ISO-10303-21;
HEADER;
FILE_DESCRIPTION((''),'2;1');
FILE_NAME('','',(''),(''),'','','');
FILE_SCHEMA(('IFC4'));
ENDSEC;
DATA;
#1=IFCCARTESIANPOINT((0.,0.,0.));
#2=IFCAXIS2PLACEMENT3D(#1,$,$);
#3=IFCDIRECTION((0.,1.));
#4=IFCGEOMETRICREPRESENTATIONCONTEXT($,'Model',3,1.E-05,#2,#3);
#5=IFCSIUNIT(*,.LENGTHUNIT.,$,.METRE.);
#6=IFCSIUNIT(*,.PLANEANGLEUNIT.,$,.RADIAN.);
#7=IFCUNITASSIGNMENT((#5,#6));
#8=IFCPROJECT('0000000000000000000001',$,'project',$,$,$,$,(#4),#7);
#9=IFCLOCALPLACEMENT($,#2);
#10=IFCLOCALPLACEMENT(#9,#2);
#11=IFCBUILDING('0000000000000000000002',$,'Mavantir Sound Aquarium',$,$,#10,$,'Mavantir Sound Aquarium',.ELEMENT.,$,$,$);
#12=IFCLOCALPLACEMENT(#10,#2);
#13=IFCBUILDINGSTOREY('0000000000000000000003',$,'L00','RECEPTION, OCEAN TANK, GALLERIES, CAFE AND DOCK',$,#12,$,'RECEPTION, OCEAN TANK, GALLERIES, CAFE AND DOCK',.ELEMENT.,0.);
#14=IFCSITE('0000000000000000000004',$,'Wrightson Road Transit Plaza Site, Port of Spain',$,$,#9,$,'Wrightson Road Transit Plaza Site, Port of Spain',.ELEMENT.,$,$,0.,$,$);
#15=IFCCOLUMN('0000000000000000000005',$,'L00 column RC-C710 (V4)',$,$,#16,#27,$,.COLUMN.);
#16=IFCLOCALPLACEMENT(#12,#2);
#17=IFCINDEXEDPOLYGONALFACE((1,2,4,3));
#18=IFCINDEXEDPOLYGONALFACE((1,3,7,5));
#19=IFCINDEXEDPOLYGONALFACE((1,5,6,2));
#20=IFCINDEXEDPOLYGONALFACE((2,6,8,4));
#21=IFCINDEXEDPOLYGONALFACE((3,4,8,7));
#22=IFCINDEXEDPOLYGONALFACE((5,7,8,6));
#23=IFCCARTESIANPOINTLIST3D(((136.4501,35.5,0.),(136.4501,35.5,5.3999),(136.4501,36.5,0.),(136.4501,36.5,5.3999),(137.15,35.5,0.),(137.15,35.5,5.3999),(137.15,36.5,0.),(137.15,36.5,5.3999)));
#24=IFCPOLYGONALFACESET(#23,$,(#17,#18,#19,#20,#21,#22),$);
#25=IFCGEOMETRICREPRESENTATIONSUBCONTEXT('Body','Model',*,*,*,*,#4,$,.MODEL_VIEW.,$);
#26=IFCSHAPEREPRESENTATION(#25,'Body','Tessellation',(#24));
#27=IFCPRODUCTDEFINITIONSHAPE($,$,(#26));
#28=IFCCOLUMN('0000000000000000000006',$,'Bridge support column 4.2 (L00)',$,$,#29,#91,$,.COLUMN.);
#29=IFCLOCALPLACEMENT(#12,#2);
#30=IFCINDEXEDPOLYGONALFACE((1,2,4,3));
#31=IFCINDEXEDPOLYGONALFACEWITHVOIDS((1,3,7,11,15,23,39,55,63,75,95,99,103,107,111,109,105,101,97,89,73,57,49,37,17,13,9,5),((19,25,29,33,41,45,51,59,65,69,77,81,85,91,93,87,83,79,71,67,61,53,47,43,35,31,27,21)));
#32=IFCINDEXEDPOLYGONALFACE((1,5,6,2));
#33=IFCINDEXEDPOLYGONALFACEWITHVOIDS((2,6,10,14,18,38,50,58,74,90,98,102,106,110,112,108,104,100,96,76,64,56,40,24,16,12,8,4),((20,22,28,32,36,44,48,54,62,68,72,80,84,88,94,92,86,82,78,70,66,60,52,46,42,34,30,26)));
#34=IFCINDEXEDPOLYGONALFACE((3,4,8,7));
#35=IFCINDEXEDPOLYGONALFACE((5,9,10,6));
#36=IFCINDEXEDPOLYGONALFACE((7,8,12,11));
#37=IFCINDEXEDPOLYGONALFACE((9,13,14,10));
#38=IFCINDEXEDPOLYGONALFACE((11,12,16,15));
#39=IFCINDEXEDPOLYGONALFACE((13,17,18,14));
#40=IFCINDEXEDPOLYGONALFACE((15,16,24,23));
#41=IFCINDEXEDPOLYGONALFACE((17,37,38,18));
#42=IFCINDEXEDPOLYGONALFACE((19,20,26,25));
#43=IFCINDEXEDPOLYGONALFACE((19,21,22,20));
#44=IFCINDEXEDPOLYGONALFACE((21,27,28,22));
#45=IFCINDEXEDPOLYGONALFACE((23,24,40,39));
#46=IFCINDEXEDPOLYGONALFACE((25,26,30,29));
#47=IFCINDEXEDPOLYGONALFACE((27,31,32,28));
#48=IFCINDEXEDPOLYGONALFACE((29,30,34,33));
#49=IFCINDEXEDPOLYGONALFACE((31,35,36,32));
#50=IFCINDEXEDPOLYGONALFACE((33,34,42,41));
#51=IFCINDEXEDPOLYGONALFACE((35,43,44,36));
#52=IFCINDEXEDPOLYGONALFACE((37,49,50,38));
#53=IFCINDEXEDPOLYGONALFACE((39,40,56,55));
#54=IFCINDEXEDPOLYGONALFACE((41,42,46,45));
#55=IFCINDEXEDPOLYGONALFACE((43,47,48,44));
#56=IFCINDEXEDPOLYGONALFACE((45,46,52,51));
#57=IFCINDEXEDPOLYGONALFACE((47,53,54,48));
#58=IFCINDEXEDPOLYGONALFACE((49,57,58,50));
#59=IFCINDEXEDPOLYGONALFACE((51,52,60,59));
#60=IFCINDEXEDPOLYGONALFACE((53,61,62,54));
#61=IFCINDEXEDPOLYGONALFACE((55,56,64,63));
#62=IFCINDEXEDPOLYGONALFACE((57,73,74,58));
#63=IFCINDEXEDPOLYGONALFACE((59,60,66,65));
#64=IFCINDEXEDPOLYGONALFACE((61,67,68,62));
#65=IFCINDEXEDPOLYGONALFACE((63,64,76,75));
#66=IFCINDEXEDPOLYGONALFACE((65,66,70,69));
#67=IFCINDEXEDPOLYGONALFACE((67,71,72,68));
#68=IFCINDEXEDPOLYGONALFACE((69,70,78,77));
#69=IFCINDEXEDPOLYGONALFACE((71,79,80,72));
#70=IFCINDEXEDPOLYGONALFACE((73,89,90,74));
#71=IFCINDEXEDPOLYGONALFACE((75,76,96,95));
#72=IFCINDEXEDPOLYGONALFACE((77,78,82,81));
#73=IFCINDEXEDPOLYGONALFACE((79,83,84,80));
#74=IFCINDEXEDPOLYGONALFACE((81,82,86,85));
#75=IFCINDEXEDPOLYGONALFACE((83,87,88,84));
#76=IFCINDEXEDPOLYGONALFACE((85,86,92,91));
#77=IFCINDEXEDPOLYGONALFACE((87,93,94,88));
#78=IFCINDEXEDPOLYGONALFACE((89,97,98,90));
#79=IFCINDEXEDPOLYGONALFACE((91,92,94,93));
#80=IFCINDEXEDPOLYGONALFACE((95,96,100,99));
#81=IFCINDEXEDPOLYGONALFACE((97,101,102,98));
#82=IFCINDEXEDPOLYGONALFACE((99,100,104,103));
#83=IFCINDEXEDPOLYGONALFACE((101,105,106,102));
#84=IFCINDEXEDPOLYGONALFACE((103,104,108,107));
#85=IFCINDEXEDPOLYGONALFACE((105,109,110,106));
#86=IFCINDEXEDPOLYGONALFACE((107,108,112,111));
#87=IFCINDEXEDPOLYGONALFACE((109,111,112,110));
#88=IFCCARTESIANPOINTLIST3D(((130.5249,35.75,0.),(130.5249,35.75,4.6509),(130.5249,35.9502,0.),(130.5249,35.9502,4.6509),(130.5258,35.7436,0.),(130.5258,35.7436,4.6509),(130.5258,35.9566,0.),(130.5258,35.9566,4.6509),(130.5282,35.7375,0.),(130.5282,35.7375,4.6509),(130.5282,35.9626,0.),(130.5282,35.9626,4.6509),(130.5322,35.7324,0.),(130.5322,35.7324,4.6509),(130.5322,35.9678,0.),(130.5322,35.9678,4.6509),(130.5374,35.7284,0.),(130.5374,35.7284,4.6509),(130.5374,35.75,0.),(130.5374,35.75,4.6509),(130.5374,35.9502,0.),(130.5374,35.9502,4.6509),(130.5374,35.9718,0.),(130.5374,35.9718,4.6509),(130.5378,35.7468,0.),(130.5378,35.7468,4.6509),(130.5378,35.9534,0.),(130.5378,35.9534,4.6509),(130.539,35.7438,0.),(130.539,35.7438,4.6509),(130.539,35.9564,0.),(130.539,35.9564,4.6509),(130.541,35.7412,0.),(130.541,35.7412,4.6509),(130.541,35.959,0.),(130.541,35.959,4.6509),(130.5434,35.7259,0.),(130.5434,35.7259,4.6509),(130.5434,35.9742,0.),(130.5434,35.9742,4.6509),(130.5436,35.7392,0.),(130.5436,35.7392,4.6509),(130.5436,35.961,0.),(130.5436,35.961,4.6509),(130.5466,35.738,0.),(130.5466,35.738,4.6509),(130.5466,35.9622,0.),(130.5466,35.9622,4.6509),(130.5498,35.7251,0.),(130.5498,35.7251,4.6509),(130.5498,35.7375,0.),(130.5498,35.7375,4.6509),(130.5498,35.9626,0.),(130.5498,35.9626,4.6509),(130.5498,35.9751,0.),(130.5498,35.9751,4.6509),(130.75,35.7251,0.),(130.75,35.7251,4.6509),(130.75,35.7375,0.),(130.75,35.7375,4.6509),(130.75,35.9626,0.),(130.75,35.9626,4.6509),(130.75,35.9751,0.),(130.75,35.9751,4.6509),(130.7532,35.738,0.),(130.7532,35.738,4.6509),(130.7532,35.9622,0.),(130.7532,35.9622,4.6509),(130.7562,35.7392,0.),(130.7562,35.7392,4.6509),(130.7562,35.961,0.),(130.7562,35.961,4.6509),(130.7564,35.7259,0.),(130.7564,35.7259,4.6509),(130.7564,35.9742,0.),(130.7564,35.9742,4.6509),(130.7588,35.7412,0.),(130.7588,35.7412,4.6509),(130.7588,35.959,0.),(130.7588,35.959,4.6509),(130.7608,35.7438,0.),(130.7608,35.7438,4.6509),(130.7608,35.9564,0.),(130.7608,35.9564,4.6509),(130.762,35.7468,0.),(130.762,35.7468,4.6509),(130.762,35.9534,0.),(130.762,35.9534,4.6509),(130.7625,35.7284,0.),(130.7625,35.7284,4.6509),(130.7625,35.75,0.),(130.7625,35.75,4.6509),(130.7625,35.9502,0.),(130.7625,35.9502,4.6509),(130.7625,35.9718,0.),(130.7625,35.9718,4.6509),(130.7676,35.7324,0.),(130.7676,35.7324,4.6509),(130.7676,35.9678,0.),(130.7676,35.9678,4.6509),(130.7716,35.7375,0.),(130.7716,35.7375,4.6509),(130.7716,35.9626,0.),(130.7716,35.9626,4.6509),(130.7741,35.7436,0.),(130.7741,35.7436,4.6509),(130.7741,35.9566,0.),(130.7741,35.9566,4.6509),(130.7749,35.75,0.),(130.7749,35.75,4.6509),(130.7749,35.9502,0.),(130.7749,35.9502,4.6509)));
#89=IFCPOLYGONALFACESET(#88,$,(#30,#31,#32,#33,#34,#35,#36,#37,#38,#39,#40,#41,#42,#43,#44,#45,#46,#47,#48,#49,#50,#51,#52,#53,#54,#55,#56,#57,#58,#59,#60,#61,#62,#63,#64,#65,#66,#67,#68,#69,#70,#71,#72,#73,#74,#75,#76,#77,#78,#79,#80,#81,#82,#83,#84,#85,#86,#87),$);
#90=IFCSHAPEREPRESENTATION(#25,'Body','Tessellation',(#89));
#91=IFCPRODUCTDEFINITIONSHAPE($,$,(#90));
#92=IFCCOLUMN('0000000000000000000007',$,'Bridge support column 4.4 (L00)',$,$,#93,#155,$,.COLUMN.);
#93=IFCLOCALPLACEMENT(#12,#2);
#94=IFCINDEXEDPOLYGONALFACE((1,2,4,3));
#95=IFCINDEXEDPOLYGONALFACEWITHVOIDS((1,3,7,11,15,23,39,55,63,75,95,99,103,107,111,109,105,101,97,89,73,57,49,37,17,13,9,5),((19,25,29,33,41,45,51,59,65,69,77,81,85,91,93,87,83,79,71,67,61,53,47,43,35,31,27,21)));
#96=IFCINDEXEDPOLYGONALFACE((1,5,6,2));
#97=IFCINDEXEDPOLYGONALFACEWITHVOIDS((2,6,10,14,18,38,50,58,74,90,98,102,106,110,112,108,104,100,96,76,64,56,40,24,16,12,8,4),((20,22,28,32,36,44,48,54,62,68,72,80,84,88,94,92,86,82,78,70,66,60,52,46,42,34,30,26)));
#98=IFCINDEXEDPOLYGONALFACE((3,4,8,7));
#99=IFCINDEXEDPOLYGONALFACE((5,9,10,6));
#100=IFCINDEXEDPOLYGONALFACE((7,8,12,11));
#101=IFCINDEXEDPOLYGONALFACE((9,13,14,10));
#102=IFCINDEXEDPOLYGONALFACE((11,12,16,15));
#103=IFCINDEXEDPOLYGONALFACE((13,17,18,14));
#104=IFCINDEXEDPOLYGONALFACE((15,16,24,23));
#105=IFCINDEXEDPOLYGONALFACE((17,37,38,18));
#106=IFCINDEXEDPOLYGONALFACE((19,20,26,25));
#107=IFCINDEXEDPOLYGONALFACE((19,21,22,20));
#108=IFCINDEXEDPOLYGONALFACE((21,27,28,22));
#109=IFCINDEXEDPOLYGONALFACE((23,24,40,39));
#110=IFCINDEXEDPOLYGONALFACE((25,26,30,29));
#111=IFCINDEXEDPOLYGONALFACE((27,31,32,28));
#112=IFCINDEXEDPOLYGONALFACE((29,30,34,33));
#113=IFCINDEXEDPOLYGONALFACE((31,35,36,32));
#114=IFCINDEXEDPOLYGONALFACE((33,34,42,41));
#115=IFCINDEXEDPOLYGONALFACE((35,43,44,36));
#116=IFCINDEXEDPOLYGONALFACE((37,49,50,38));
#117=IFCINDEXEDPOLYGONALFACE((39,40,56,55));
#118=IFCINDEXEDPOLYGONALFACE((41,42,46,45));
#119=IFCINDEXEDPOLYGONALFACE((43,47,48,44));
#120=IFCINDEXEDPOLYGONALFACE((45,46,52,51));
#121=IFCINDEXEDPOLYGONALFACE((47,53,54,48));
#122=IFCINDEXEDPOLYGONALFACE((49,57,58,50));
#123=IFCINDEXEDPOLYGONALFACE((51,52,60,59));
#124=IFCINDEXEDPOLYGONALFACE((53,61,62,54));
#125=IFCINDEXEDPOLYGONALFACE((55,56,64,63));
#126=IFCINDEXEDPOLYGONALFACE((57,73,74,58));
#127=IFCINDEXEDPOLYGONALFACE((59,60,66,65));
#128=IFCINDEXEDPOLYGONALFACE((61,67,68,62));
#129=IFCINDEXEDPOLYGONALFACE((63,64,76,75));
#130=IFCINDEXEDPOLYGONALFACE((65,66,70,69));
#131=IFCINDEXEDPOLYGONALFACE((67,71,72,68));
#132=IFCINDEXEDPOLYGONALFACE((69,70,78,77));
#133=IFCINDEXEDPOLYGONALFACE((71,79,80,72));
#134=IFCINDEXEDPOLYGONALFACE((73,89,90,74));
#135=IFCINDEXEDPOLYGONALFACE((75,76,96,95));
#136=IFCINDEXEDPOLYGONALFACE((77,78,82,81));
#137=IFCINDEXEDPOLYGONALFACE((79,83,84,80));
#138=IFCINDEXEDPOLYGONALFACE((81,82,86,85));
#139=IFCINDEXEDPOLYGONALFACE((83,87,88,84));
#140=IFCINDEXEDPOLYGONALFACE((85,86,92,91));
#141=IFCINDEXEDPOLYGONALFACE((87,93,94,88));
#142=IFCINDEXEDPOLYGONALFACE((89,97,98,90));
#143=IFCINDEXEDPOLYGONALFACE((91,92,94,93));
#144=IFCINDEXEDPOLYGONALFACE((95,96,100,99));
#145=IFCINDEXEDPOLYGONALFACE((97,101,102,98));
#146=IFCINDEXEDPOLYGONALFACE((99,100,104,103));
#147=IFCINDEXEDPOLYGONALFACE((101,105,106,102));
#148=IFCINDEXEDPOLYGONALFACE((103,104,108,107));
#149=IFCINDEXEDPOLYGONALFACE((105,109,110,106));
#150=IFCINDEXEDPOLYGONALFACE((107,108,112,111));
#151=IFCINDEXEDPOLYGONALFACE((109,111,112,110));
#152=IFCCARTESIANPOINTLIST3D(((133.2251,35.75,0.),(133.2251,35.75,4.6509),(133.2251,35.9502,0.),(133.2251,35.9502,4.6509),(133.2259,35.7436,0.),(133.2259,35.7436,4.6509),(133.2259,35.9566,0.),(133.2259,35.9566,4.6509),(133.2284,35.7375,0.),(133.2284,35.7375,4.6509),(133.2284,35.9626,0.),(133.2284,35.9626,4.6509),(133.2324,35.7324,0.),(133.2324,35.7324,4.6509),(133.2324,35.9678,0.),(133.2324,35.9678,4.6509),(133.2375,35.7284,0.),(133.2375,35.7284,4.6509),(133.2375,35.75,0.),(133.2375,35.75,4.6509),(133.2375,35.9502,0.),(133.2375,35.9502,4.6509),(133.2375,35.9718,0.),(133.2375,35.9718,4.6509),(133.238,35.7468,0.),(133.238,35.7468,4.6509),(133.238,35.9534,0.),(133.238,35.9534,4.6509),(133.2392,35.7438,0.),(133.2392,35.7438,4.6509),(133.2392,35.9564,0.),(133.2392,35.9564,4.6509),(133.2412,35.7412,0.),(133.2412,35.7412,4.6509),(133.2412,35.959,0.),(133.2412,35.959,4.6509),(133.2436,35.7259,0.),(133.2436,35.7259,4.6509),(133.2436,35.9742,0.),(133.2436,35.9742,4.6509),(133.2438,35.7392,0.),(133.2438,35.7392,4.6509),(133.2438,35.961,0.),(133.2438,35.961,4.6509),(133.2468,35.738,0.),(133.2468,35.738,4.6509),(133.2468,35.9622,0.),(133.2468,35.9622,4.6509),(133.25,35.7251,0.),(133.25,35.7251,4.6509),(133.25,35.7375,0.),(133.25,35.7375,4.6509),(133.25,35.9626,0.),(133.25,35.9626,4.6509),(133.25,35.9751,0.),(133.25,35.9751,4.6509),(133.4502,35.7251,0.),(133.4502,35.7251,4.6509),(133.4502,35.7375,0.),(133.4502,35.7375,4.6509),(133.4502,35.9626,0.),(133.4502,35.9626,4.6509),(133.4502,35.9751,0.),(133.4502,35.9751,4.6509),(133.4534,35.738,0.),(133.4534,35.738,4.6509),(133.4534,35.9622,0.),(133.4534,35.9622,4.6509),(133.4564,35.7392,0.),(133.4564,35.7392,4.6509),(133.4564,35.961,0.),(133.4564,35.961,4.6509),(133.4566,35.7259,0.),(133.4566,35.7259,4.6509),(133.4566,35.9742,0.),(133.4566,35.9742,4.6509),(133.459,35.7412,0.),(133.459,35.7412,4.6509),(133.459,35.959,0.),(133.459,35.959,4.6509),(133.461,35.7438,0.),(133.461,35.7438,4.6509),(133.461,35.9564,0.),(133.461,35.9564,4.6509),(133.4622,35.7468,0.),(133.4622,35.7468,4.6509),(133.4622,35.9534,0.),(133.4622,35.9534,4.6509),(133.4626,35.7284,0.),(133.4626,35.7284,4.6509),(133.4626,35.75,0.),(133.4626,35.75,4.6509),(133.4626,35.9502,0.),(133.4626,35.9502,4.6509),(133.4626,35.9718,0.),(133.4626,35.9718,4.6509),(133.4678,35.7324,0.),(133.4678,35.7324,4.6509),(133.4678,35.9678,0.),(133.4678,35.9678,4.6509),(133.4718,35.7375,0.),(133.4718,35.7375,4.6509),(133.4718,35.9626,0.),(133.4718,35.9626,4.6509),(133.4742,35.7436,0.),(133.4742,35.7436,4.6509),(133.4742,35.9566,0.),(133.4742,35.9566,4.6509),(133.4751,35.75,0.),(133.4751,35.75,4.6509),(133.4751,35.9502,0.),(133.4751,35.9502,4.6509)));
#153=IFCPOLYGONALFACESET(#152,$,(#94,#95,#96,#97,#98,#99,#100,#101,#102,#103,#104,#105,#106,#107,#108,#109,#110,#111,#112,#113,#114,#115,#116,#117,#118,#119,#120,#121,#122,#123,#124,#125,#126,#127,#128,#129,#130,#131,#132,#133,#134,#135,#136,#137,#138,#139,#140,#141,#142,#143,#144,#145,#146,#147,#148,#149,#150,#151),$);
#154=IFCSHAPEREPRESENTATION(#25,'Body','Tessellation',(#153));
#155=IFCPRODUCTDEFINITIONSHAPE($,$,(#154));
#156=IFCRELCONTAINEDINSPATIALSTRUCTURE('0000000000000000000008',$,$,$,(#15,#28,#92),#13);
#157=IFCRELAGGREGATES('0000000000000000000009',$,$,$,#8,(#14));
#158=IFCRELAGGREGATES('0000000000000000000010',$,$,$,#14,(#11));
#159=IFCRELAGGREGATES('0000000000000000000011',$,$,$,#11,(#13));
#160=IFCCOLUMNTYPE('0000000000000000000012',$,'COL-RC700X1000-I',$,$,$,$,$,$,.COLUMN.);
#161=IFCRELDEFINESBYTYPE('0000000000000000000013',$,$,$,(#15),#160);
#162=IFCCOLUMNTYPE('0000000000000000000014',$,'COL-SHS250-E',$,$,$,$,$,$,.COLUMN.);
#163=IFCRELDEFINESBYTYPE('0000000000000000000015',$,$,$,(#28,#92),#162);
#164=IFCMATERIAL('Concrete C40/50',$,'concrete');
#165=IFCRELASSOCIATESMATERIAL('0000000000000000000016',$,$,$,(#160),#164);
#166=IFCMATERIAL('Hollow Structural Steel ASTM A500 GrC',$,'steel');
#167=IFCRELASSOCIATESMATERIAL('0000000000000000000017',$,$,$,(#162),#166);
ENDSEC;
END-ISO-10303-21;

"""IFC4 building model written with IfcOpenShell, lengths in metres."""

from ifc_helpers import new_model, si_unit, direction, frame, origin, origin_2d, place, context, subcontext, project, spatial, rectangle, hollow_rectangle, extrude, material, material_profile, profile_set, type_object, element, save


model = new_model("IFC4")

# Units and contexts
model_context = context("Model", 3, precision=1e-05, world=origin(), true_north=direction((0.0, 1.0)))
body_context = subcontext(model_context, "Body", "Model", "MODEL_VIEW")
ifc_project = project(units=[si_unit("LENGTHUNIT", "METRE"), si_unit("PLANEANGLEUNIT", "RADIAN")], contexts=[model_context])

# Site, building, storey
site_placement = place(None, origin())
site = spatial("IfcSite", under=ifc_project, at=site_placement, Name="Wrightson Road Transit Plaza Site, Port of Spain", LongName="Wrightson Road Transit Plaza Site, Port of Spain", CompositionType="ELEMENT", RefElevation=0.0)
building_placement = place(site_placement, origin())
building = spatial("IfcBuilding", under=site, at=building_placement, Name="Mavantir Sound Aquarium", LongName="Mavantir Sound Aquarium", CompositionType="ELEMENT")
storey_placement = place(building_placement, origin())
storey = spatial("IfcBuildingStorey", under=building, at=storey_placement, Name="L00", Description="RECEPTION, OCEAN TANK, GALLERIES, CAFE AND DOCK", LongName="RECEPTION, OCEAN TANK, GALLERIES, CAFE AND DOCK", CompositionType="ELEMENT", Elevation=0.0)

# Columns
ifc_material_1 = material(Name="Concrete C40/50", Category="concrete")
ifc_material_profile_1 = material_profile(ifc_material_1, rectangle(XDim=0.7, YDim=1.0, at=origin_2d()), Name="RC 700X1000")
ifc_profile_set_1 = profile_set([ifc_material_profile_1], Name="Concrete C40/50")
column_type_1 = type_object("IfcColumnType", Name="COL-RC700X1000-I", PredefinedType="COLUMN", material=ifc_profile_set_1)
column_placement = place(storey_placement, frame((136.8, 36.0, 0.0), z_axis=(0.0, 0.0, 1.0), x_axis=(1.0, 0.0, 0.0)))
element("IfcColumn", 1, at=column_placement, inside=storey, type_object=column_type_1, Name="L00 column RC-C710 (V4)", PredefinedType="COLUMN", context=body_context, shape_type="SweptSolid", body=[
    extrude(rectangle(XDim=0.7, YDim=1.0, at=origin_2d()), origin(), (0.0, 0.0, 1.0), 5.3999),
])
ifc_material_2 = material(Name="Hollow Structural Steel ASTM A500 GrC", Category="steel")
ifc_material_profile_2 = material_profile(ifc_material_2, hollow_rectangle(XDim=0.25, YDim=0.25, WallThickness=0.0125, InnerFilletRadius=0.0125, OuterFilletRadius=0.0249, at=origin_2d()), Name="SHS 250X250X12.5")
ifc_profile_set_2 = profile_set([ifc_material_profile_2], Name="Hollow Structural Steel ASTM A500 GrC")
column_type_2 = type_object("IfcColumnType", Name="COL-SHS250-E", PredefinedType="COLUMN", material=ifc_profile_set_2)
for number, where, z_axis, x_axis, name in (
    (2, (130.6499, 35.8501, 0.0), (0.0, 0.0, 1.0), (1.0, 0.0, 0.0), "Bridge support column 4.2 (L00)"),
    (3, (133.3501, 35.8501, 0.0), (0.0, 0.0, 1.0), (1.0, 0.0, 0.0), "Bridge support column 4.4 (L00)"),
):
    element("IfcColumn", number, at=place(storey_placement, frame(where, z_axis=z_axis, x_axis=x_axis)), inside=storey, type_object=column_type_2, Name=name, PredefinedType="COLUMN", context=body_context, shape_type="SweptSolid", body=[
        extrude(hollow_rectangle(XDim=0.25, YDim=0.25, WallThickness=0.0125, InnerFilletRadius=0.0125, OuterFilletRadius=0.0249, at=origin_2d()), origin(), (0.0, 0.0, 1.0), 4.6509),
    ])

save(model, "model.ifc")
